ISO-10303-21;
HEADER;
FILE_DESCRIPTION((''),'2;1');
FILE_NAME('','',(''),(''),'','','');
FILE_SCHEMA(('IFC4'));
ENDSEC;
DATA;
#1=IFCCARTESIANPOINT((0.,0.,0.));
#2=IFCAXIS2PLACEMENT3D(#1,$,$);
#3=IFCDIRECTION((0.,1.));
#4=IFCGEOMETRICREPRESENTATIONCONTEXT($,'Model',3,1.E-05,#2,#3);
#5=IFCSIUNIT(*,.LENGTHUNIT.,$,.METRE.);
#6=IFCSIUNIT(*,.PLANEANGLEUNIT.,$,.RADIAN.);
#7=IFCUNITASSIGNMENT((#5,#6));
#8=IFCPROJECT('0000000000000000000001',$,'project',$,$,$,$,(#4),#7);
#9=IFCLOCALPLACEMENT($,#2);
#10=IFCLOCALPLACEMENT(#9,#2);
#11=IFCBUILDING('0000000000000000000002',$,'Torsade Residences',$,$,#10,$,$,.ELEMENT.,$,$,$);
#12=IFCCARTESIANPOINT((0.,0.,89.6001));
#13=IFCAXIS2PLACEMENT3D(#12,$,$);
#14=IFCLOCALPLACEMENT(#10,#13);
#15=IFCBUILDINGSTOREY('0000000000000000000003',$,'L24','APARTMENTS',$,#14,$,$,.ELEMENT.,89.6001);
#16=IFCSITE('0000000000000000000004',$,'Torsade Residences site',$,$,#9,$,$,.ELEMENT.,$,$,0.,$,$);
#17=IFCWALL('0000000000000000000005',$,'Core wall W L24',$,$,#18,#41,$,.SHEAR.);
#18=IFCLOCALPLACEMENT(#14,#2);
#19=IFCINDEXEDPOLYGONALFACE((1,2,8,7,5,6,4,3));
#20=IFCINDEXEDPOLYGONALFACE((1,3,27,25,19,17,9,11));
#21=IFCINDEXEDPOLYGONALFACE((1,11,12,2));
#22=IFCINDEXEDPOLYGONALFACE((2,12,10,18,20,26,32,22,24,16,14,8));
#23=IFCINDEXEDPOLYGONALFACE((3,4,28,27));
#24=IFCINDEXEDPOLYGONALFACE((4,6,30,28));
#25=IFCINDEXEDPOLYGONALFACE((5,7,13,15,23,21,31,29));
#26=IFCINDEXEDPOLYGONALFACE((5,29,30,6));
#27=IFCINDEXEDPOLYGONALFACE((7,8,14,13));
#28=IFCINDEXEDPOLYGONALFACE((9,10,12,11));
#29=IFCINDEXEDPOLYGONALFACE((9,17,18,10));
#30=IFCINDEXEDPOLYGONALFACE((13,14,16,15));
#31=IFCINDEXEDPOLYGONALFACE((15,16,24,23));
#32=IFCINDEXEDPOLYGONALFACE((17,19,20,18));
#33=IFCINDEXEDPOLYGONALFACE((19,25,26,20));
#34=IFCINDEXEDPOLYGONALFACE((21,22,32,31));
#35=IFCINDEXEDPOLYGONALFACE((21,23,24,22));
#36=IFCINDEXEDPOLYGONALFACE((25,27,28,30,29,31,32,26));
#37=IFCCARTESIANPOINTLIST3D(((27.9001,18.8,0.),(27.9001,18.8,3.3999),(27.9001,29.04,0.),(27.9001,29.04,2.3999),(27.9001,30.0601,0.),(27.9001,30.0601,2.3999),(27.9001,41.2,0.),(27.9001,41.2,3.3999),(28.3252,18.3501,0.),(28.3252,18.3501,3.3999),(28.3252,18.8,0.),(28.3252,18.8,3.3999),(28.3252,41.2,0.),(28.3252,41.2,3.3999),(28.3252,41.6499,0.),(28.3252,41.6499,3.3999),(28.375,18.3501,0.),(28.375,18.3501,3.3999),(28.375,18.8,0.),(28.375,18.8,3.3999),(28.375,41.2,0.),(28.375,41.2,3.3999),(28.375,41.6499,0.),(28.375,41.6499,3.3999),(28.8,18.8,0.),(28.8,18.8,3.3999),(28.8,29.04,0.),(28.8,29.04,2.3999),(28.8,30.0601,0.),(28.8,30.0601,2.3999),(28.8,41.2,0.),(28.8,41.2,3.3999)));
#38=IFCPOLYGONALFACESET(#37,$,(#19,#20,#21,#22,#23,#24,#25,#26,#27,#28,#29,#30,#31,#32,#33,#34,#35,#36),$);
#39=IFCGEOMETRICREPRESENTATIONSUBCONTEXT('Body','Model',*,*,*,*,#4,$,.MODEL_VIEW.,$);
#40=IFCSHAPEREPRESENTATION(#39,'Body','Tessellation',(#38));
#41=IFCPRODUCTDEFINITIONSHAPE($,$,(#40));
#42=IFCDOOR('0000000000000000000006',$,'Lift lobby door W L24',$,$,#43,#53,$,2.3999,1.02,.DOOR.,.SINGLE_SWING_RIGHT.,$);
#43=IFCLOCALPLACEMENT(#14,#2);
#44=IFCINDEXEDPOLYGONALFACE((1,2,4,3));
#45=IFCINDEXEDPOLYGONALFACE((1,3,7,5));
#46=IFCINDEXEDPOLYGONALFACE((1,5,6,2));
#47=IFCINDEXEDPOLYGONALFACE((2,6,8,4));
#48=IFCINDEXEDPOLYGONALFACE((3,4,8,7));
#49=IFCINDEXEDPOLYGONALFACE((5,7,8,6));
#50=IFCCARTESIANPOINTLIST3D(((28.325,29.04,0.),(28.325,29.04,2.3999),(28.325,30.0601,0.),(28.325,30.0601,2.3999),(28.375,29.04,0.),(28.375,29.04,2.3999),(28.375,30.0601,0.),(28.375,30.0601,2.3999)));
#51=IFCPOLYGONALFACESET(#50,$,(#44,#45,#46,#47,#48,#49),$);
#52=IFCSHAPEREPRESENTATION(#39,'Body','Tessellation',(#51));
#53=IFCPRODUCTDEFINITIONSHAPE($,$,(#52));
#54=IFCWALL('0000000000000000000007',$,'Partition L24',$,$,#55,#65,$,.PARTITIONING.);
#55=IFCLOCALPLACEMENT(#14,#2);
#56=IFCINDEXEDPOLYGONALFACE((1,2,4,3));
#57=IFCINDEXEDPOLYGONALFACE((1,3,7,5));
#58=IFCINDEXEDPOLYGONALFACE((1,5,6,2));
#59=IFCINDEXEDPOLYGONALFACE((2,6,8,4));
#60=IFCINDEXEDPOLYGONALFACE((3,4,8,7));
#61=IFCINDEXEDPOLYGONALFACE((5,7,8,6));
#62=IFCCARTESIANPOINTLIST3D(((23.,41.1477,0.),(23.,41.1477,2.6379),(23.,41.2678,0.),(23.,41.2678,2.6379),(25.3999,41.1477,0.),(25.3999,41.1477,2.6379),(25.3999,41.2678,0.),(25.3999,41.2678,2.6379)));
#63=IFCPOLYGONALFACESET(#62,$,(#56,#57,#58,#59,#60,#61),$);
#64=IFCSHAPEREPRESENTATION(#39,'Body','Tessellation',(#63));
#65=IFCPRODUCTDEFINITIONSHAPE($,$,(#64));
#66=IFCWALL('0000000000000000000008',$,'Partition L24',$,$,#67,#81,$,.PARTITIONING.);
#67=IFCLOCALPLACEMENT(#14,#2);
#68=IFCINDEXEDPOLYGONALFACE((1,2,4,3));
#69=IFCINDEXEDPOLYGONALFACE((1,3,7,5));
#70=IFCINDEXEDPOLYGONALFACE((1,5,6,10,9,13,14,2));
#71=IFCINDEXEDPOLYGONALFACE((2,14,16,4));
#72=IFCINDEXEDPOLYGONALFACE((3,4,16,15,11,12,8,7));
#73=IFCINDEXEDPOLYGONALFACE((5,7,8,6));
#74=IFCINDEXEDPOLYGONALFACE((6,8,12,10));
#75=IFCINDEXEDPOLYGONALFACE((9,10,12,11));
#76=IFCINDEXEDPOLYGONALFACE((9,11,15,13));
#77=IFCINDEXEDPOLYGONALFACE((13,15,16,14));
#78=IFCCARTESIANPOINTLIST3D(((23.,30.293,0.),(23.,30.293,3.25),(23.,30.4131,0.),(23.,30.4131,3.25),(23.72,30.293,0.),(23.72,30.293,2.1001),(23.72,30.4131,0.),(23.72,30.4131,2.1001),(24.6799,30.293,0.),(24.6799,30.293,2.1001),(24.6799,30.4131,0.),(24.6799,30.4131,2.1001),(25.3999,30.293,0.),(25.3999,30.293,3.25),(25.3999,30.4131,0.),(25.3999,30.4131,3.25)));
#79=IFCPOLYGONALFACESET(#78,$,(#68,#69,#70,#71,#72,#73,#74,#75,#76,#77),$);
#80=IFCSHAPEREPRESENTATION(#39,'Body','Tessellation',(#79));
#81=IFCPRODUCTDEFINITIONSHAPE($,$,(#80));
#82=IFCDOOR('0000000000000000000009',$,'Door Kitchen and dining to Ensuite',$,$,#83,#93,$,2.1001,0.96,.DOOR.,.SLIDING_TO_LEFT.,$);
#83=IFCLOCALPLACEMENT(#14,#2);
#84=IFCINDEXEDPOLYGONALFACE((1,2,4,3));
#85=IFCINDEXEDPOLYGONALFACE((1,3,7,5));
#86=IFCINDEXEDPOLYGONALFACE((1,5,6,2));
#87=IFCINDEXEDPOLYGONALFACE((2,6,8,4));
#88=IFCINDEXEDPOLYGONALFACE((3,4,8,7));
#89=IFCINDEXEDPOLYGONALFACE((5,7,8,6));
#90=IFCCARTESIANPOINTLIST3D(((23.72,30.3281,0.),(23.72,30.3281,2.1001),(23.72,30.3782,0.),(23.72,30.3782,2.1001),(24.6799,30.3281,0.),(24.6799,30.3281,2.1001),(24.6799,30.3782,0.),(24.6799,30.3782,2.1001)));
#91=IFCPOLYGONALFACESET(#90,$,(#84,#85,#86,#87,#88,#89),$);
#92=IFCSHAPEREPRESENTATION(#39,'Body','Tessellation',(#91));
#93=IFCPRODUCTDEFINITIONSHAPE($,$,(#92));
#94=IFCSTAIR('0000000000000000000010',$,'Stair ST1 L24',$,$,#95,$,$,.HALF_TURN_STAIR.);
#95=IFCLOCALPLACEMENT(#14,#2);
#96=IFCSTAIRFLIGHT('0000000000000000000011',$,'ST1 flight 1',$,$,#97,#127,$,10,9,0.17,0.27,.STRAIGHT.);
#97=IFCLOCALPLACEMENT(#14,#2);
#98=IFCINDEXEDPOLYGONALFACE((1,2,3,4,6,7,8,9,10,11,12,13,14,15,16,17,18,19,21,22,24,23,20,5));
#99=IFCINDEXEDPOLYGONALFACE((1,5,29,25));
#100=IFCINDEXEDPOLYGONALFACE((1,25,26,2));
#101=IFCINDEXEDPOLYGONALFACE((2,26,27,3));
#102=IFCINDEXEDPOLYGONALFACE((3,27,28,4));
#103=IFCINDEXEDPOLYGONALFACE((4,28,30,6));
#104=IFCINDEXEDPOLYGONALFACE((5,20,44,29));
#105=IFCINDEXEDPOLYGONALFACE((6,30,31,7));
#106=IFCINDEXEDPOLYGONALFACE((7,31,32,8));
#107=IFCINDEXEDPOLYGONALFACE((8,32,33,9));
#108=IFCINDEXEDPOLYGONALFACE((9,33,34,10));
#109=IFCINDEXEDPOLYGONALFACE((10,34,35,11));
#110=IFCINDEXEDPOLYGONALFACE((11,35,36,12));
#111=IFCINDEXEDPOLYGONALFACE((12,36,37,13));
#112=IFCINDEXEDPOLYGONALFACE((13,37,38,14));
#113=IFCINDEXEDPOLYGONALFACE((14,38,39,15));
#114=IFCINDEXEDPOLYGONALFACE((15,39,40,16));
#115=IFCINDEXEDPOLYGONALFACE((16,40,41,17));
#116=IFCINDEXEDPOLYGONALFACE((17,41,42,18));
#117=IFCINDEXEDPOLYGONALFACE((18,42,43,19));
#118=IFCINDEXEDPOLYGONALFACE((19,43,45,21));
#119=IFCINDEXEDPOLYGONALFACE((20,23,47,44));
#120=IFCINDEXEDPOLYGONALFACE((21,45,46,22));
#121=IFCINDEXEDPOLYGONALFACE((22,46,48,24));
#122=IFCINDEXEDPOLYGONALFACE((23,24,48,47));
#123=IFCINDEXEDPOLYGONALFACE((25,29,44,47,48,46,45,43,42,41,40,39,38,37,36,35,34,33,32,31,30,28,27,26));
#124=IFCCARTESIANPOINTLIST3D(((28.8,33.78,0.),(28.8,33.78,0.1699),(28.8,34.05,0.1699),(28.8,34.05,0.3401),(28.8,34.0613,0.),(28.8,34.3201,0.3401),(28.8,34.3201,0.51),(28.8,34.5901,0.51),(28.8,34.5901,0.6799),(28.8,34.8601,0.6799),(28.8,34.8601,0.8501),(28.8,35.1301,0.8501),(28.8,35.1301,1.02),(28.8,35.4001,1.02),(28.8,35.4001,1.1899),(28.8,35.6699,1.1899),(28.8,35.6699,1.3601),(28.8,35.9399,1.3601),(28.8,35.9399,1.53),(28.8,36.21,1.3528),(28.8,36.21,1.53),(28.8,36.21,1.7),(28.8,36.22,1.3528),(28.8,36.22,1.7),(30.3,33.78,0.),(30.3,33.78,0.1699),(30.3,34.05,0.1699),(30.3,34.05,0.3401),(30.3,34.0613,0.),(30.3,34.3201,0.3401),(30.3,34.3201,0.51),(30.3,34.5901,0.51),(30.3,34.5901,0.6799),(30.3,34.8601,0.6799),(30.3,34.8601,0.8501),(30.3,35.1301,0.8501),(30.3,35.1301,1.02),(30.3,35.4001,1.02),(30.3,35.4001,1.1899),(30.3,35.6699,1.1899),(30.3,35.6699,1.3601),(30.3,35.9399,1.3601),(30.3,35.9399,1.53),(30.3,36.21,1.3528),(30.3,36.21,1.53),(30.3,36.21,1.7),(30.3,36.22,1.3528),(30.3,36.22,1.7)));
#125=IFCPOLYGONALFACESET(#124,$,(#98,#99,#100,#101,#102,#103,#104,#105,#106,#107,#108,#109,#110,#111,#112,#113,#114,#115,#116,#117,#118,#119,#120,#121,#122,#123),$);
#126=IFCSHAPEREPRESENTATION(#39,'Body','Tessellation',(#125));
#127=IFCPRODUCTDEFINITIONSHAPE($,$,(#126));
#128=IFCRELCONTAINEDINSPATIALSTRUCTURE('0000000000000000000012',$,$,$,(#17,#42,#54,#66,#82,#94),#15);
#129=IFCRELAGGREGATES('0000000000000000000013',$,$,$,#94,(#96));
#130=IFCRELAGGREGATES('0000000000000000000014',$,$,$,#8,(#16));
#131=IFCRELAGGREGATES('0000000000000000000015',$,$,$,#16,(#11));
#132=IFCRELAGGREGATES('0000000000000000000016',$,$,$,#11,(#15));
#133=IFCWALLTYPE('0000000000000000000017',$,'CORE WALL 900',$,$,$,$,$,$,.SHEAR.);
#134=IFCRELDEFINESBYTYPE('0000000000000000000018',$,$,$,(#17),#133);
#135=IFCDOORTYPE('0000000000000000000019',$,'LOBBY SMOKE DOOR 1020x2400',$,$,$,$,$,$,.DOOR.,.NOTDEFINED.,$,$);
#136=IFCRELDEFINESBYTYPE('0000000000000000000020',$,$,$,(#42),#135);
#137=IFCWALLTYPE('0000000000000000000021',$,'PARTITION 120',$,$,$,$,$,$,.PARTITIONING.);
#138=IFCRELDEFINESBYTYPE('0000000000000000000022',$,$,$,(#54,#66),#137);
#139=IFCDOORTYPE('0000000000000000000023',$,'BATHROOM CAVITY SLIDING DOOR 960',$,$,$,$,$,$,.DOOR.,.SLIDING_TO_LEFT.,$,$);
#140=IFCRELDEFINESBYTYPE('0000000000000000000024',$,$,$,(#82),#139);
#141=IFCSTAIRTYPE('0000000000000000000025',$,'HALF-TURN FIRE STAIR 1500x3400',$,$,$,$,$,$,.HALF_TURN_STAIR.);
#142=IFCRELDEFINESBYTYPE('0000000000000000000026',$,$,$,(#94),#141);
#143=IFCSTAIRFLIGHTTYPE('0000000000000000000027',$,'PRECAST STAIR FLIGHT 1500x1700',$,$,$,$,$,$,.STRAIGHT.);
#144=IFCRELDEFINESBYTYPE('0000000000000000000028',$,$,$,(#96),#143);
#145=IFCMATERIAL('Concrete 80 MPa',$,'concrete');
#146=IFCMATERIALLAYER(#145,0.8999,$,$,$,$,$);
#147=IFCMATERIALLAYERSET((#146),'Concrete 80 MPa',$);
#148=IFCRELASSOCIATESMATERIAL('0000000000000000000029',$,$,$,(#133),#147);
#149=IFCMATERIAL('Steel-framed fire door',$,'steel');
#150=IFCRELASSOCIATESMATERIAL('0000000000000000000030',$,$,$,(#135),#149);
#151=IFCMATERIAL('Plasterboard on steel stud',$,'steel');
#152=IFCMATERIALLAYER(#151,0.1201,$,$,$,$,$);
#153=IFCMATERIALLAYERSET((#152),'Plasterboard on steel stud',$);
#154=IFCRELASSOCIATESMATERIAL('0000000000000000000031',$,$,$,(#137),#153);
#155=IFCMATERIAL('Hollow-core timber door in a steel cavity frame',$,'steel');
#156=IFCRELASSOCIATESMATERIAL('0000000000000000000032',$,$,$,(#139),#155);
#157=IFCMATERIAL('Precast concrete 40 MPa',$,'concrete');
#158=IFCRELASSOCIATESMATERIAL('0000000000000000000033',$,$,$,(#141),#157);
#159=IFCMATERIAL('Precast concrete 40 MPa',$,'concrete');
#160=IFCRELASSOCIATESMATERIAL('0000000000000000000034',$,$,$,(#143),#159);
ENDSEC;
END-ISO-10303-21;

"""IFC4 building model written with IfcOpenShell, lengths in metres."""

from ifc_helpers import new_model, si_unit, direction, frame, frame_2d, origin, place, context, subcontext, project, spatial, polyline, rectangle, outline, extrude, material, layer, layer_set, type_object, element, fill, aggregate, save


model = new_model("IFC4")

# Units and contexts
model_context = context("Model", 3, precision=1e-05, world=origin(), true_north=direction((0.0, 1.0)))
body_context = subcontext(model_context, "Body", "Model", "MODEL_VIEW")
ifc_project = project(units=[si_unit("LENGTHUNIT", "METRE"), si_unit("PLANEANGLEUNIT", "RADIAN")], contexts=[model_context])

# Site, building, storey
site_placement = place(None, origin())
site = spatial("IfcSite", under=ifc_project, at=site_placement, Name="Torsade Residences site", CompositionType="ELEMENT", RefElevation=0.0)
building_placement = place(site_placement, origin())
building = spatial("IfcBuilding", under=site, at=building_placement, Name="Torsade Residences", CompositionType="ELEMENT")
storey_placement = place(building_placement, frame((0.0, 0.0, 89.6001)))
storey = spatial("IfcBuildingStorey", under=building, at=storey_placement, Name="L24", Description="APARTMENTS", CompositionType="ELEMENT", Elevation=89.6001)

# Shared definitions
ifc_material_1 = material(Name="Concrete 80 MPa", Category="concrete")
ifc_layer_1 = layer(ifc_material_1, 0.8999)
ifc_layer_set_1 = layer_set([ifc_layer_1], Name="Concrete 80 MPa")
wall_type_1 = type_object("IfcWallType", Name="CORE WALL 900", PredefinedType="SHEAR", material=ifc_layer_set_1)

# Wall, opening, door
wall_1_placement = place(storey_placement, frame((28.3501, 41.2, 0.0), z_axis=(0.0, 0.0, 1.0), x_axis=(0.0, -1.0, 0.0)))
wall_1 = element("IfcWall", 1, at=wall_1_placement, inside=storey, type_object=wall_type_1, Name="Core wall W L24", PredefinedType="SHEAR", context=body_context, shape_type="SweptSolid", body=[
    extrude(outline(polyline([(0.0, -0.45), (22.3999, -0.45), (22.3999, -0.0249), (22.8499, -0.0249), (22.8499, 0.0249), (22.3999, 0.0249), (22.3999, 0.45), (0.0, 0.45), (0.0, 0.0249), (-0.45, 0.0249), (-0.45, -0.0249), (0.0, -0.0249), (0.0, -0.45)])), origin(), (0.0, 0.0, 1.0), 3.3999),
])
opening_1_placement = place(wall_1_placement, frame((11.1399, 0.0, 0.0)))
opening_1 = element("IfcOpeningElement", 2, at=opening_1_placement, cuts=wall_1, PredefinedType="OPENING", context=body_context, shape_type="SweptSolid", body=[
    extrude(rectangle(XDim=1.02, YDim=2.3999, at=frame_2d((0.51, 1.2))), frame((0.0, 0.46, 0.0), z_axis=(0.0, -1.0, 0.0), x_axis=(1.0, 0.0, 0.0)), (0.0, 0.0, 1.0), 0.9199),
])
ifc_material_2 = material(Name="Steel-framed fire door", Category="steel")
door_type_1 = type_object("IfcDoorType", Name="LOBBY SMOKE DOOR 1020x2400", OperationType="NOTDEFINED", PredefinedType="DOOR", material=ifc_material_2)
door_1_placement = place(opening_1_placement, origin())
door_1 = element("IfcDoor", 3, at=door_1_placement, inside=storey, type_object=door_type_1, Name="Lift lobby door W L24", OperationType="SINGLE_SWING_RIGHT", OverallHeight=2.3999, OverallWidth=1.02, PredefinedType="DOOR", context=body_context, shape_type="SweptSolid", body=[
    extrude(rectangle(XDim=1.02, YDim=2.3999, at=frame_2d((0.51, 1.2))), frame((0.0, 0.0249, 0.0), z_axis=(0.0, -1.0, 0.0), x_axis=(1.0, 0.0, 0.0)), (0.0, 0.0, 1.0), 0.05),
])
fill(opening_1, door_1)

# Wall
ifc_material_3 = material(Name="Plasterboard on steel stud", Category="steel")
ifc_layer_2 = layer(ifc_material_3, 0.1201)
ifc_layer_set_2 = layer_set([ifc_layer_2], Name="Plasterboard on steel stud")
wall_type_2 = type_object("IfcWallType", Name="PARTITION 120", PredefinedType="PARTITIONING", material=ifc_layer_set_2)
wall_2_placement = place(storey_placement, frame((25.3999, 41.2078, 0.0), z_axis=(0.0, 0.0, 1.0), x_axis=(-1.0, 0.0, 0.0)))
element("IfcWall", 4, at=wall_2_placement, inside=storey, type_object=wall_type_2, Name="Partition L24", PredefinedType="PARTITIONING", context=body_context, shape_type="SweptSolid", body=[
    extrude(rectangle(XDim=2.3999, YDim=0.1201, at=frame_2d((1.2, 0.0))), origin(), (0.0, 0.0, 1.0), 2.6379),
])

# Wall, opening, door
wall_3_placement = place(storey_placement, frame((25.3999, 30.353, 0.0), z_axis=(0.0, 0.0, 1.0), x_axis=(-1.0, 0.0, 0.0)))
wall_3 = element("IfcWall", 5, at=wall_3_placement, inside=storey, type_object=wall_type_2, Name="Partition L24", PredefinedType="PARTITIONING", context=body_context, shape_type="SweptSolid", body=[
    extrude(rectangle(XDim=2.3999, YDim=0.1201, at=frame_2d((1.2, 0.0))), origin(), (0.0, 0.0, 1.0), 3.25),
])
opening_2_placement = place(wall_3_placement, frame((0.72, 0.0, 0.0)))
opening_2 = element("IfcOpeningElement", 6, at=opening_2_placement, cuts=wall_3, PredefinedType="OPENING", context=body_context, shape_type="SweptSolid", body=[
    extrude(rectangle(XDim=0.96, YDim=2.1001, at=frame_2d((0.48, 1.05))), frame((0.0, 0.0701, 0.0), z_axis=(0.0, -1.0, 0.0), x_axis=(1.0, 0.0, 0.0)), (0.0, 0.0, 1.0), 0.1401),
])
ifc_material_4 = material(Name="Hollow-core timber door in a steel cavity frame", Category="steel")
door_type_2 = type_object("IfcDoorType", Name="BATHROOM CAVITY SLIDING DOOR 960", OperationType="SLIDING_TO_LEFT", PredefinedType="DOOR", material=ifc_material_4)
door_2_placement = place(opening_2_placement, origin())
door_2 = element("IfcDoor", 7, at=door_2_placement, inside=storey, type_object=door_type_2, Name="Door Kitchen and dining to Ensuite", OperationType="SLIDING_TO_LEFT", OverallHeight=2.1001, OverallWidth=0.96, PredefinedType="DOOR", context=body_context, shape_type="SweptSolid", body=[
    extrude(rectangle(XDim=0.96, YDim=2.1001, at=frame_2d((0.48, 1.05))), frame((0.0, 0.0249, 0.0), z_axis=(0.0, -1.0, 0.0), x_axis=(1.0, 0.0, 0.0)), (0.0, 0.0, 1.0), 0.05),
])
fill(opening_2, door_2)

# Stair, stair flight
ifc_material_5 = material(Name="Precast concrete 40 MPa", Category="concrete")
stair_type = type_object("IfcStairType", Name="HALF-TURN FIRE STAIR 1500x3400", PredefinedType="HALF_TURN_STAIR", material=ifc_material_5)
stair_placement = place(storey_placement, origin())
stair = element("IfcStair", 8, at=stair_placement, inside=storey, type_object=stair_type, Name="Stair ST1 L24", PredefinedType="HALF_TURN_STAIR")
ifc_material_6 = material(Name="Precast concrete 40 MPa", Category="concrete")
stair_flight_type = type_object("IfcStairFlightType", Name="PRECAST STAIR FLIGHT 1500x1700", PredefinedType="STRAIGHT", material=ifc_material_6)
stair_flight_placement = place(storey_placement, frame((29.55, 33.78, 0.0), z_axis=(0.0, 0.0, 1.0), x_axis=(0.0, 1.0, 0.0)))
stair_flight = element("IfcStairFlight", 9, at=stair_flight_placement, type_object=stair_flight_type, Name="ST1 flight 1", NumberOfRisers=10, NumberOfTreads=9, PredefinedType="STRAIGHT", RiserHeight=0.17, TreadLength=0.27, context=body_context, shape_type="SweptSolid", body=[
    extrude(outline(polyline([(0.0, 0.0), (0.0, 0.1699), (0.27, 0.1699), (0.27, 0.3401), (0.54, 0.3401), (0.54, 0.51), (0.8101, 0.51), (0.8101, 0.6799), (1.0801, 0.6799), (1.0801, 0.8501), (1.3501, 0.8501), (1.3501, 1.02), (1.6201, 1.02), (1.6201, 1.1899), (1.8899, 1.1899), (1.8899, 1.3601), (2.1599, 1.3601), (2.1599, 1.53), (2.4299, 1.53), (2.4299, 1.7), (2.4399, 1.7), (2.4399, 1.3528), (2.4299, 1.3528), (0.2812, 0.0), (0.0, 0.0)])), frame((0.0, 0.75, 0.0), z_axis=(0.0, -1.0, 0.0), x_axis=(1.0, 0.0, 0.0)), (0.0, 0.0, 1.0), 1.5),
])
aggregate(stair, [stair_flight])

save(model, "model.ifc")
